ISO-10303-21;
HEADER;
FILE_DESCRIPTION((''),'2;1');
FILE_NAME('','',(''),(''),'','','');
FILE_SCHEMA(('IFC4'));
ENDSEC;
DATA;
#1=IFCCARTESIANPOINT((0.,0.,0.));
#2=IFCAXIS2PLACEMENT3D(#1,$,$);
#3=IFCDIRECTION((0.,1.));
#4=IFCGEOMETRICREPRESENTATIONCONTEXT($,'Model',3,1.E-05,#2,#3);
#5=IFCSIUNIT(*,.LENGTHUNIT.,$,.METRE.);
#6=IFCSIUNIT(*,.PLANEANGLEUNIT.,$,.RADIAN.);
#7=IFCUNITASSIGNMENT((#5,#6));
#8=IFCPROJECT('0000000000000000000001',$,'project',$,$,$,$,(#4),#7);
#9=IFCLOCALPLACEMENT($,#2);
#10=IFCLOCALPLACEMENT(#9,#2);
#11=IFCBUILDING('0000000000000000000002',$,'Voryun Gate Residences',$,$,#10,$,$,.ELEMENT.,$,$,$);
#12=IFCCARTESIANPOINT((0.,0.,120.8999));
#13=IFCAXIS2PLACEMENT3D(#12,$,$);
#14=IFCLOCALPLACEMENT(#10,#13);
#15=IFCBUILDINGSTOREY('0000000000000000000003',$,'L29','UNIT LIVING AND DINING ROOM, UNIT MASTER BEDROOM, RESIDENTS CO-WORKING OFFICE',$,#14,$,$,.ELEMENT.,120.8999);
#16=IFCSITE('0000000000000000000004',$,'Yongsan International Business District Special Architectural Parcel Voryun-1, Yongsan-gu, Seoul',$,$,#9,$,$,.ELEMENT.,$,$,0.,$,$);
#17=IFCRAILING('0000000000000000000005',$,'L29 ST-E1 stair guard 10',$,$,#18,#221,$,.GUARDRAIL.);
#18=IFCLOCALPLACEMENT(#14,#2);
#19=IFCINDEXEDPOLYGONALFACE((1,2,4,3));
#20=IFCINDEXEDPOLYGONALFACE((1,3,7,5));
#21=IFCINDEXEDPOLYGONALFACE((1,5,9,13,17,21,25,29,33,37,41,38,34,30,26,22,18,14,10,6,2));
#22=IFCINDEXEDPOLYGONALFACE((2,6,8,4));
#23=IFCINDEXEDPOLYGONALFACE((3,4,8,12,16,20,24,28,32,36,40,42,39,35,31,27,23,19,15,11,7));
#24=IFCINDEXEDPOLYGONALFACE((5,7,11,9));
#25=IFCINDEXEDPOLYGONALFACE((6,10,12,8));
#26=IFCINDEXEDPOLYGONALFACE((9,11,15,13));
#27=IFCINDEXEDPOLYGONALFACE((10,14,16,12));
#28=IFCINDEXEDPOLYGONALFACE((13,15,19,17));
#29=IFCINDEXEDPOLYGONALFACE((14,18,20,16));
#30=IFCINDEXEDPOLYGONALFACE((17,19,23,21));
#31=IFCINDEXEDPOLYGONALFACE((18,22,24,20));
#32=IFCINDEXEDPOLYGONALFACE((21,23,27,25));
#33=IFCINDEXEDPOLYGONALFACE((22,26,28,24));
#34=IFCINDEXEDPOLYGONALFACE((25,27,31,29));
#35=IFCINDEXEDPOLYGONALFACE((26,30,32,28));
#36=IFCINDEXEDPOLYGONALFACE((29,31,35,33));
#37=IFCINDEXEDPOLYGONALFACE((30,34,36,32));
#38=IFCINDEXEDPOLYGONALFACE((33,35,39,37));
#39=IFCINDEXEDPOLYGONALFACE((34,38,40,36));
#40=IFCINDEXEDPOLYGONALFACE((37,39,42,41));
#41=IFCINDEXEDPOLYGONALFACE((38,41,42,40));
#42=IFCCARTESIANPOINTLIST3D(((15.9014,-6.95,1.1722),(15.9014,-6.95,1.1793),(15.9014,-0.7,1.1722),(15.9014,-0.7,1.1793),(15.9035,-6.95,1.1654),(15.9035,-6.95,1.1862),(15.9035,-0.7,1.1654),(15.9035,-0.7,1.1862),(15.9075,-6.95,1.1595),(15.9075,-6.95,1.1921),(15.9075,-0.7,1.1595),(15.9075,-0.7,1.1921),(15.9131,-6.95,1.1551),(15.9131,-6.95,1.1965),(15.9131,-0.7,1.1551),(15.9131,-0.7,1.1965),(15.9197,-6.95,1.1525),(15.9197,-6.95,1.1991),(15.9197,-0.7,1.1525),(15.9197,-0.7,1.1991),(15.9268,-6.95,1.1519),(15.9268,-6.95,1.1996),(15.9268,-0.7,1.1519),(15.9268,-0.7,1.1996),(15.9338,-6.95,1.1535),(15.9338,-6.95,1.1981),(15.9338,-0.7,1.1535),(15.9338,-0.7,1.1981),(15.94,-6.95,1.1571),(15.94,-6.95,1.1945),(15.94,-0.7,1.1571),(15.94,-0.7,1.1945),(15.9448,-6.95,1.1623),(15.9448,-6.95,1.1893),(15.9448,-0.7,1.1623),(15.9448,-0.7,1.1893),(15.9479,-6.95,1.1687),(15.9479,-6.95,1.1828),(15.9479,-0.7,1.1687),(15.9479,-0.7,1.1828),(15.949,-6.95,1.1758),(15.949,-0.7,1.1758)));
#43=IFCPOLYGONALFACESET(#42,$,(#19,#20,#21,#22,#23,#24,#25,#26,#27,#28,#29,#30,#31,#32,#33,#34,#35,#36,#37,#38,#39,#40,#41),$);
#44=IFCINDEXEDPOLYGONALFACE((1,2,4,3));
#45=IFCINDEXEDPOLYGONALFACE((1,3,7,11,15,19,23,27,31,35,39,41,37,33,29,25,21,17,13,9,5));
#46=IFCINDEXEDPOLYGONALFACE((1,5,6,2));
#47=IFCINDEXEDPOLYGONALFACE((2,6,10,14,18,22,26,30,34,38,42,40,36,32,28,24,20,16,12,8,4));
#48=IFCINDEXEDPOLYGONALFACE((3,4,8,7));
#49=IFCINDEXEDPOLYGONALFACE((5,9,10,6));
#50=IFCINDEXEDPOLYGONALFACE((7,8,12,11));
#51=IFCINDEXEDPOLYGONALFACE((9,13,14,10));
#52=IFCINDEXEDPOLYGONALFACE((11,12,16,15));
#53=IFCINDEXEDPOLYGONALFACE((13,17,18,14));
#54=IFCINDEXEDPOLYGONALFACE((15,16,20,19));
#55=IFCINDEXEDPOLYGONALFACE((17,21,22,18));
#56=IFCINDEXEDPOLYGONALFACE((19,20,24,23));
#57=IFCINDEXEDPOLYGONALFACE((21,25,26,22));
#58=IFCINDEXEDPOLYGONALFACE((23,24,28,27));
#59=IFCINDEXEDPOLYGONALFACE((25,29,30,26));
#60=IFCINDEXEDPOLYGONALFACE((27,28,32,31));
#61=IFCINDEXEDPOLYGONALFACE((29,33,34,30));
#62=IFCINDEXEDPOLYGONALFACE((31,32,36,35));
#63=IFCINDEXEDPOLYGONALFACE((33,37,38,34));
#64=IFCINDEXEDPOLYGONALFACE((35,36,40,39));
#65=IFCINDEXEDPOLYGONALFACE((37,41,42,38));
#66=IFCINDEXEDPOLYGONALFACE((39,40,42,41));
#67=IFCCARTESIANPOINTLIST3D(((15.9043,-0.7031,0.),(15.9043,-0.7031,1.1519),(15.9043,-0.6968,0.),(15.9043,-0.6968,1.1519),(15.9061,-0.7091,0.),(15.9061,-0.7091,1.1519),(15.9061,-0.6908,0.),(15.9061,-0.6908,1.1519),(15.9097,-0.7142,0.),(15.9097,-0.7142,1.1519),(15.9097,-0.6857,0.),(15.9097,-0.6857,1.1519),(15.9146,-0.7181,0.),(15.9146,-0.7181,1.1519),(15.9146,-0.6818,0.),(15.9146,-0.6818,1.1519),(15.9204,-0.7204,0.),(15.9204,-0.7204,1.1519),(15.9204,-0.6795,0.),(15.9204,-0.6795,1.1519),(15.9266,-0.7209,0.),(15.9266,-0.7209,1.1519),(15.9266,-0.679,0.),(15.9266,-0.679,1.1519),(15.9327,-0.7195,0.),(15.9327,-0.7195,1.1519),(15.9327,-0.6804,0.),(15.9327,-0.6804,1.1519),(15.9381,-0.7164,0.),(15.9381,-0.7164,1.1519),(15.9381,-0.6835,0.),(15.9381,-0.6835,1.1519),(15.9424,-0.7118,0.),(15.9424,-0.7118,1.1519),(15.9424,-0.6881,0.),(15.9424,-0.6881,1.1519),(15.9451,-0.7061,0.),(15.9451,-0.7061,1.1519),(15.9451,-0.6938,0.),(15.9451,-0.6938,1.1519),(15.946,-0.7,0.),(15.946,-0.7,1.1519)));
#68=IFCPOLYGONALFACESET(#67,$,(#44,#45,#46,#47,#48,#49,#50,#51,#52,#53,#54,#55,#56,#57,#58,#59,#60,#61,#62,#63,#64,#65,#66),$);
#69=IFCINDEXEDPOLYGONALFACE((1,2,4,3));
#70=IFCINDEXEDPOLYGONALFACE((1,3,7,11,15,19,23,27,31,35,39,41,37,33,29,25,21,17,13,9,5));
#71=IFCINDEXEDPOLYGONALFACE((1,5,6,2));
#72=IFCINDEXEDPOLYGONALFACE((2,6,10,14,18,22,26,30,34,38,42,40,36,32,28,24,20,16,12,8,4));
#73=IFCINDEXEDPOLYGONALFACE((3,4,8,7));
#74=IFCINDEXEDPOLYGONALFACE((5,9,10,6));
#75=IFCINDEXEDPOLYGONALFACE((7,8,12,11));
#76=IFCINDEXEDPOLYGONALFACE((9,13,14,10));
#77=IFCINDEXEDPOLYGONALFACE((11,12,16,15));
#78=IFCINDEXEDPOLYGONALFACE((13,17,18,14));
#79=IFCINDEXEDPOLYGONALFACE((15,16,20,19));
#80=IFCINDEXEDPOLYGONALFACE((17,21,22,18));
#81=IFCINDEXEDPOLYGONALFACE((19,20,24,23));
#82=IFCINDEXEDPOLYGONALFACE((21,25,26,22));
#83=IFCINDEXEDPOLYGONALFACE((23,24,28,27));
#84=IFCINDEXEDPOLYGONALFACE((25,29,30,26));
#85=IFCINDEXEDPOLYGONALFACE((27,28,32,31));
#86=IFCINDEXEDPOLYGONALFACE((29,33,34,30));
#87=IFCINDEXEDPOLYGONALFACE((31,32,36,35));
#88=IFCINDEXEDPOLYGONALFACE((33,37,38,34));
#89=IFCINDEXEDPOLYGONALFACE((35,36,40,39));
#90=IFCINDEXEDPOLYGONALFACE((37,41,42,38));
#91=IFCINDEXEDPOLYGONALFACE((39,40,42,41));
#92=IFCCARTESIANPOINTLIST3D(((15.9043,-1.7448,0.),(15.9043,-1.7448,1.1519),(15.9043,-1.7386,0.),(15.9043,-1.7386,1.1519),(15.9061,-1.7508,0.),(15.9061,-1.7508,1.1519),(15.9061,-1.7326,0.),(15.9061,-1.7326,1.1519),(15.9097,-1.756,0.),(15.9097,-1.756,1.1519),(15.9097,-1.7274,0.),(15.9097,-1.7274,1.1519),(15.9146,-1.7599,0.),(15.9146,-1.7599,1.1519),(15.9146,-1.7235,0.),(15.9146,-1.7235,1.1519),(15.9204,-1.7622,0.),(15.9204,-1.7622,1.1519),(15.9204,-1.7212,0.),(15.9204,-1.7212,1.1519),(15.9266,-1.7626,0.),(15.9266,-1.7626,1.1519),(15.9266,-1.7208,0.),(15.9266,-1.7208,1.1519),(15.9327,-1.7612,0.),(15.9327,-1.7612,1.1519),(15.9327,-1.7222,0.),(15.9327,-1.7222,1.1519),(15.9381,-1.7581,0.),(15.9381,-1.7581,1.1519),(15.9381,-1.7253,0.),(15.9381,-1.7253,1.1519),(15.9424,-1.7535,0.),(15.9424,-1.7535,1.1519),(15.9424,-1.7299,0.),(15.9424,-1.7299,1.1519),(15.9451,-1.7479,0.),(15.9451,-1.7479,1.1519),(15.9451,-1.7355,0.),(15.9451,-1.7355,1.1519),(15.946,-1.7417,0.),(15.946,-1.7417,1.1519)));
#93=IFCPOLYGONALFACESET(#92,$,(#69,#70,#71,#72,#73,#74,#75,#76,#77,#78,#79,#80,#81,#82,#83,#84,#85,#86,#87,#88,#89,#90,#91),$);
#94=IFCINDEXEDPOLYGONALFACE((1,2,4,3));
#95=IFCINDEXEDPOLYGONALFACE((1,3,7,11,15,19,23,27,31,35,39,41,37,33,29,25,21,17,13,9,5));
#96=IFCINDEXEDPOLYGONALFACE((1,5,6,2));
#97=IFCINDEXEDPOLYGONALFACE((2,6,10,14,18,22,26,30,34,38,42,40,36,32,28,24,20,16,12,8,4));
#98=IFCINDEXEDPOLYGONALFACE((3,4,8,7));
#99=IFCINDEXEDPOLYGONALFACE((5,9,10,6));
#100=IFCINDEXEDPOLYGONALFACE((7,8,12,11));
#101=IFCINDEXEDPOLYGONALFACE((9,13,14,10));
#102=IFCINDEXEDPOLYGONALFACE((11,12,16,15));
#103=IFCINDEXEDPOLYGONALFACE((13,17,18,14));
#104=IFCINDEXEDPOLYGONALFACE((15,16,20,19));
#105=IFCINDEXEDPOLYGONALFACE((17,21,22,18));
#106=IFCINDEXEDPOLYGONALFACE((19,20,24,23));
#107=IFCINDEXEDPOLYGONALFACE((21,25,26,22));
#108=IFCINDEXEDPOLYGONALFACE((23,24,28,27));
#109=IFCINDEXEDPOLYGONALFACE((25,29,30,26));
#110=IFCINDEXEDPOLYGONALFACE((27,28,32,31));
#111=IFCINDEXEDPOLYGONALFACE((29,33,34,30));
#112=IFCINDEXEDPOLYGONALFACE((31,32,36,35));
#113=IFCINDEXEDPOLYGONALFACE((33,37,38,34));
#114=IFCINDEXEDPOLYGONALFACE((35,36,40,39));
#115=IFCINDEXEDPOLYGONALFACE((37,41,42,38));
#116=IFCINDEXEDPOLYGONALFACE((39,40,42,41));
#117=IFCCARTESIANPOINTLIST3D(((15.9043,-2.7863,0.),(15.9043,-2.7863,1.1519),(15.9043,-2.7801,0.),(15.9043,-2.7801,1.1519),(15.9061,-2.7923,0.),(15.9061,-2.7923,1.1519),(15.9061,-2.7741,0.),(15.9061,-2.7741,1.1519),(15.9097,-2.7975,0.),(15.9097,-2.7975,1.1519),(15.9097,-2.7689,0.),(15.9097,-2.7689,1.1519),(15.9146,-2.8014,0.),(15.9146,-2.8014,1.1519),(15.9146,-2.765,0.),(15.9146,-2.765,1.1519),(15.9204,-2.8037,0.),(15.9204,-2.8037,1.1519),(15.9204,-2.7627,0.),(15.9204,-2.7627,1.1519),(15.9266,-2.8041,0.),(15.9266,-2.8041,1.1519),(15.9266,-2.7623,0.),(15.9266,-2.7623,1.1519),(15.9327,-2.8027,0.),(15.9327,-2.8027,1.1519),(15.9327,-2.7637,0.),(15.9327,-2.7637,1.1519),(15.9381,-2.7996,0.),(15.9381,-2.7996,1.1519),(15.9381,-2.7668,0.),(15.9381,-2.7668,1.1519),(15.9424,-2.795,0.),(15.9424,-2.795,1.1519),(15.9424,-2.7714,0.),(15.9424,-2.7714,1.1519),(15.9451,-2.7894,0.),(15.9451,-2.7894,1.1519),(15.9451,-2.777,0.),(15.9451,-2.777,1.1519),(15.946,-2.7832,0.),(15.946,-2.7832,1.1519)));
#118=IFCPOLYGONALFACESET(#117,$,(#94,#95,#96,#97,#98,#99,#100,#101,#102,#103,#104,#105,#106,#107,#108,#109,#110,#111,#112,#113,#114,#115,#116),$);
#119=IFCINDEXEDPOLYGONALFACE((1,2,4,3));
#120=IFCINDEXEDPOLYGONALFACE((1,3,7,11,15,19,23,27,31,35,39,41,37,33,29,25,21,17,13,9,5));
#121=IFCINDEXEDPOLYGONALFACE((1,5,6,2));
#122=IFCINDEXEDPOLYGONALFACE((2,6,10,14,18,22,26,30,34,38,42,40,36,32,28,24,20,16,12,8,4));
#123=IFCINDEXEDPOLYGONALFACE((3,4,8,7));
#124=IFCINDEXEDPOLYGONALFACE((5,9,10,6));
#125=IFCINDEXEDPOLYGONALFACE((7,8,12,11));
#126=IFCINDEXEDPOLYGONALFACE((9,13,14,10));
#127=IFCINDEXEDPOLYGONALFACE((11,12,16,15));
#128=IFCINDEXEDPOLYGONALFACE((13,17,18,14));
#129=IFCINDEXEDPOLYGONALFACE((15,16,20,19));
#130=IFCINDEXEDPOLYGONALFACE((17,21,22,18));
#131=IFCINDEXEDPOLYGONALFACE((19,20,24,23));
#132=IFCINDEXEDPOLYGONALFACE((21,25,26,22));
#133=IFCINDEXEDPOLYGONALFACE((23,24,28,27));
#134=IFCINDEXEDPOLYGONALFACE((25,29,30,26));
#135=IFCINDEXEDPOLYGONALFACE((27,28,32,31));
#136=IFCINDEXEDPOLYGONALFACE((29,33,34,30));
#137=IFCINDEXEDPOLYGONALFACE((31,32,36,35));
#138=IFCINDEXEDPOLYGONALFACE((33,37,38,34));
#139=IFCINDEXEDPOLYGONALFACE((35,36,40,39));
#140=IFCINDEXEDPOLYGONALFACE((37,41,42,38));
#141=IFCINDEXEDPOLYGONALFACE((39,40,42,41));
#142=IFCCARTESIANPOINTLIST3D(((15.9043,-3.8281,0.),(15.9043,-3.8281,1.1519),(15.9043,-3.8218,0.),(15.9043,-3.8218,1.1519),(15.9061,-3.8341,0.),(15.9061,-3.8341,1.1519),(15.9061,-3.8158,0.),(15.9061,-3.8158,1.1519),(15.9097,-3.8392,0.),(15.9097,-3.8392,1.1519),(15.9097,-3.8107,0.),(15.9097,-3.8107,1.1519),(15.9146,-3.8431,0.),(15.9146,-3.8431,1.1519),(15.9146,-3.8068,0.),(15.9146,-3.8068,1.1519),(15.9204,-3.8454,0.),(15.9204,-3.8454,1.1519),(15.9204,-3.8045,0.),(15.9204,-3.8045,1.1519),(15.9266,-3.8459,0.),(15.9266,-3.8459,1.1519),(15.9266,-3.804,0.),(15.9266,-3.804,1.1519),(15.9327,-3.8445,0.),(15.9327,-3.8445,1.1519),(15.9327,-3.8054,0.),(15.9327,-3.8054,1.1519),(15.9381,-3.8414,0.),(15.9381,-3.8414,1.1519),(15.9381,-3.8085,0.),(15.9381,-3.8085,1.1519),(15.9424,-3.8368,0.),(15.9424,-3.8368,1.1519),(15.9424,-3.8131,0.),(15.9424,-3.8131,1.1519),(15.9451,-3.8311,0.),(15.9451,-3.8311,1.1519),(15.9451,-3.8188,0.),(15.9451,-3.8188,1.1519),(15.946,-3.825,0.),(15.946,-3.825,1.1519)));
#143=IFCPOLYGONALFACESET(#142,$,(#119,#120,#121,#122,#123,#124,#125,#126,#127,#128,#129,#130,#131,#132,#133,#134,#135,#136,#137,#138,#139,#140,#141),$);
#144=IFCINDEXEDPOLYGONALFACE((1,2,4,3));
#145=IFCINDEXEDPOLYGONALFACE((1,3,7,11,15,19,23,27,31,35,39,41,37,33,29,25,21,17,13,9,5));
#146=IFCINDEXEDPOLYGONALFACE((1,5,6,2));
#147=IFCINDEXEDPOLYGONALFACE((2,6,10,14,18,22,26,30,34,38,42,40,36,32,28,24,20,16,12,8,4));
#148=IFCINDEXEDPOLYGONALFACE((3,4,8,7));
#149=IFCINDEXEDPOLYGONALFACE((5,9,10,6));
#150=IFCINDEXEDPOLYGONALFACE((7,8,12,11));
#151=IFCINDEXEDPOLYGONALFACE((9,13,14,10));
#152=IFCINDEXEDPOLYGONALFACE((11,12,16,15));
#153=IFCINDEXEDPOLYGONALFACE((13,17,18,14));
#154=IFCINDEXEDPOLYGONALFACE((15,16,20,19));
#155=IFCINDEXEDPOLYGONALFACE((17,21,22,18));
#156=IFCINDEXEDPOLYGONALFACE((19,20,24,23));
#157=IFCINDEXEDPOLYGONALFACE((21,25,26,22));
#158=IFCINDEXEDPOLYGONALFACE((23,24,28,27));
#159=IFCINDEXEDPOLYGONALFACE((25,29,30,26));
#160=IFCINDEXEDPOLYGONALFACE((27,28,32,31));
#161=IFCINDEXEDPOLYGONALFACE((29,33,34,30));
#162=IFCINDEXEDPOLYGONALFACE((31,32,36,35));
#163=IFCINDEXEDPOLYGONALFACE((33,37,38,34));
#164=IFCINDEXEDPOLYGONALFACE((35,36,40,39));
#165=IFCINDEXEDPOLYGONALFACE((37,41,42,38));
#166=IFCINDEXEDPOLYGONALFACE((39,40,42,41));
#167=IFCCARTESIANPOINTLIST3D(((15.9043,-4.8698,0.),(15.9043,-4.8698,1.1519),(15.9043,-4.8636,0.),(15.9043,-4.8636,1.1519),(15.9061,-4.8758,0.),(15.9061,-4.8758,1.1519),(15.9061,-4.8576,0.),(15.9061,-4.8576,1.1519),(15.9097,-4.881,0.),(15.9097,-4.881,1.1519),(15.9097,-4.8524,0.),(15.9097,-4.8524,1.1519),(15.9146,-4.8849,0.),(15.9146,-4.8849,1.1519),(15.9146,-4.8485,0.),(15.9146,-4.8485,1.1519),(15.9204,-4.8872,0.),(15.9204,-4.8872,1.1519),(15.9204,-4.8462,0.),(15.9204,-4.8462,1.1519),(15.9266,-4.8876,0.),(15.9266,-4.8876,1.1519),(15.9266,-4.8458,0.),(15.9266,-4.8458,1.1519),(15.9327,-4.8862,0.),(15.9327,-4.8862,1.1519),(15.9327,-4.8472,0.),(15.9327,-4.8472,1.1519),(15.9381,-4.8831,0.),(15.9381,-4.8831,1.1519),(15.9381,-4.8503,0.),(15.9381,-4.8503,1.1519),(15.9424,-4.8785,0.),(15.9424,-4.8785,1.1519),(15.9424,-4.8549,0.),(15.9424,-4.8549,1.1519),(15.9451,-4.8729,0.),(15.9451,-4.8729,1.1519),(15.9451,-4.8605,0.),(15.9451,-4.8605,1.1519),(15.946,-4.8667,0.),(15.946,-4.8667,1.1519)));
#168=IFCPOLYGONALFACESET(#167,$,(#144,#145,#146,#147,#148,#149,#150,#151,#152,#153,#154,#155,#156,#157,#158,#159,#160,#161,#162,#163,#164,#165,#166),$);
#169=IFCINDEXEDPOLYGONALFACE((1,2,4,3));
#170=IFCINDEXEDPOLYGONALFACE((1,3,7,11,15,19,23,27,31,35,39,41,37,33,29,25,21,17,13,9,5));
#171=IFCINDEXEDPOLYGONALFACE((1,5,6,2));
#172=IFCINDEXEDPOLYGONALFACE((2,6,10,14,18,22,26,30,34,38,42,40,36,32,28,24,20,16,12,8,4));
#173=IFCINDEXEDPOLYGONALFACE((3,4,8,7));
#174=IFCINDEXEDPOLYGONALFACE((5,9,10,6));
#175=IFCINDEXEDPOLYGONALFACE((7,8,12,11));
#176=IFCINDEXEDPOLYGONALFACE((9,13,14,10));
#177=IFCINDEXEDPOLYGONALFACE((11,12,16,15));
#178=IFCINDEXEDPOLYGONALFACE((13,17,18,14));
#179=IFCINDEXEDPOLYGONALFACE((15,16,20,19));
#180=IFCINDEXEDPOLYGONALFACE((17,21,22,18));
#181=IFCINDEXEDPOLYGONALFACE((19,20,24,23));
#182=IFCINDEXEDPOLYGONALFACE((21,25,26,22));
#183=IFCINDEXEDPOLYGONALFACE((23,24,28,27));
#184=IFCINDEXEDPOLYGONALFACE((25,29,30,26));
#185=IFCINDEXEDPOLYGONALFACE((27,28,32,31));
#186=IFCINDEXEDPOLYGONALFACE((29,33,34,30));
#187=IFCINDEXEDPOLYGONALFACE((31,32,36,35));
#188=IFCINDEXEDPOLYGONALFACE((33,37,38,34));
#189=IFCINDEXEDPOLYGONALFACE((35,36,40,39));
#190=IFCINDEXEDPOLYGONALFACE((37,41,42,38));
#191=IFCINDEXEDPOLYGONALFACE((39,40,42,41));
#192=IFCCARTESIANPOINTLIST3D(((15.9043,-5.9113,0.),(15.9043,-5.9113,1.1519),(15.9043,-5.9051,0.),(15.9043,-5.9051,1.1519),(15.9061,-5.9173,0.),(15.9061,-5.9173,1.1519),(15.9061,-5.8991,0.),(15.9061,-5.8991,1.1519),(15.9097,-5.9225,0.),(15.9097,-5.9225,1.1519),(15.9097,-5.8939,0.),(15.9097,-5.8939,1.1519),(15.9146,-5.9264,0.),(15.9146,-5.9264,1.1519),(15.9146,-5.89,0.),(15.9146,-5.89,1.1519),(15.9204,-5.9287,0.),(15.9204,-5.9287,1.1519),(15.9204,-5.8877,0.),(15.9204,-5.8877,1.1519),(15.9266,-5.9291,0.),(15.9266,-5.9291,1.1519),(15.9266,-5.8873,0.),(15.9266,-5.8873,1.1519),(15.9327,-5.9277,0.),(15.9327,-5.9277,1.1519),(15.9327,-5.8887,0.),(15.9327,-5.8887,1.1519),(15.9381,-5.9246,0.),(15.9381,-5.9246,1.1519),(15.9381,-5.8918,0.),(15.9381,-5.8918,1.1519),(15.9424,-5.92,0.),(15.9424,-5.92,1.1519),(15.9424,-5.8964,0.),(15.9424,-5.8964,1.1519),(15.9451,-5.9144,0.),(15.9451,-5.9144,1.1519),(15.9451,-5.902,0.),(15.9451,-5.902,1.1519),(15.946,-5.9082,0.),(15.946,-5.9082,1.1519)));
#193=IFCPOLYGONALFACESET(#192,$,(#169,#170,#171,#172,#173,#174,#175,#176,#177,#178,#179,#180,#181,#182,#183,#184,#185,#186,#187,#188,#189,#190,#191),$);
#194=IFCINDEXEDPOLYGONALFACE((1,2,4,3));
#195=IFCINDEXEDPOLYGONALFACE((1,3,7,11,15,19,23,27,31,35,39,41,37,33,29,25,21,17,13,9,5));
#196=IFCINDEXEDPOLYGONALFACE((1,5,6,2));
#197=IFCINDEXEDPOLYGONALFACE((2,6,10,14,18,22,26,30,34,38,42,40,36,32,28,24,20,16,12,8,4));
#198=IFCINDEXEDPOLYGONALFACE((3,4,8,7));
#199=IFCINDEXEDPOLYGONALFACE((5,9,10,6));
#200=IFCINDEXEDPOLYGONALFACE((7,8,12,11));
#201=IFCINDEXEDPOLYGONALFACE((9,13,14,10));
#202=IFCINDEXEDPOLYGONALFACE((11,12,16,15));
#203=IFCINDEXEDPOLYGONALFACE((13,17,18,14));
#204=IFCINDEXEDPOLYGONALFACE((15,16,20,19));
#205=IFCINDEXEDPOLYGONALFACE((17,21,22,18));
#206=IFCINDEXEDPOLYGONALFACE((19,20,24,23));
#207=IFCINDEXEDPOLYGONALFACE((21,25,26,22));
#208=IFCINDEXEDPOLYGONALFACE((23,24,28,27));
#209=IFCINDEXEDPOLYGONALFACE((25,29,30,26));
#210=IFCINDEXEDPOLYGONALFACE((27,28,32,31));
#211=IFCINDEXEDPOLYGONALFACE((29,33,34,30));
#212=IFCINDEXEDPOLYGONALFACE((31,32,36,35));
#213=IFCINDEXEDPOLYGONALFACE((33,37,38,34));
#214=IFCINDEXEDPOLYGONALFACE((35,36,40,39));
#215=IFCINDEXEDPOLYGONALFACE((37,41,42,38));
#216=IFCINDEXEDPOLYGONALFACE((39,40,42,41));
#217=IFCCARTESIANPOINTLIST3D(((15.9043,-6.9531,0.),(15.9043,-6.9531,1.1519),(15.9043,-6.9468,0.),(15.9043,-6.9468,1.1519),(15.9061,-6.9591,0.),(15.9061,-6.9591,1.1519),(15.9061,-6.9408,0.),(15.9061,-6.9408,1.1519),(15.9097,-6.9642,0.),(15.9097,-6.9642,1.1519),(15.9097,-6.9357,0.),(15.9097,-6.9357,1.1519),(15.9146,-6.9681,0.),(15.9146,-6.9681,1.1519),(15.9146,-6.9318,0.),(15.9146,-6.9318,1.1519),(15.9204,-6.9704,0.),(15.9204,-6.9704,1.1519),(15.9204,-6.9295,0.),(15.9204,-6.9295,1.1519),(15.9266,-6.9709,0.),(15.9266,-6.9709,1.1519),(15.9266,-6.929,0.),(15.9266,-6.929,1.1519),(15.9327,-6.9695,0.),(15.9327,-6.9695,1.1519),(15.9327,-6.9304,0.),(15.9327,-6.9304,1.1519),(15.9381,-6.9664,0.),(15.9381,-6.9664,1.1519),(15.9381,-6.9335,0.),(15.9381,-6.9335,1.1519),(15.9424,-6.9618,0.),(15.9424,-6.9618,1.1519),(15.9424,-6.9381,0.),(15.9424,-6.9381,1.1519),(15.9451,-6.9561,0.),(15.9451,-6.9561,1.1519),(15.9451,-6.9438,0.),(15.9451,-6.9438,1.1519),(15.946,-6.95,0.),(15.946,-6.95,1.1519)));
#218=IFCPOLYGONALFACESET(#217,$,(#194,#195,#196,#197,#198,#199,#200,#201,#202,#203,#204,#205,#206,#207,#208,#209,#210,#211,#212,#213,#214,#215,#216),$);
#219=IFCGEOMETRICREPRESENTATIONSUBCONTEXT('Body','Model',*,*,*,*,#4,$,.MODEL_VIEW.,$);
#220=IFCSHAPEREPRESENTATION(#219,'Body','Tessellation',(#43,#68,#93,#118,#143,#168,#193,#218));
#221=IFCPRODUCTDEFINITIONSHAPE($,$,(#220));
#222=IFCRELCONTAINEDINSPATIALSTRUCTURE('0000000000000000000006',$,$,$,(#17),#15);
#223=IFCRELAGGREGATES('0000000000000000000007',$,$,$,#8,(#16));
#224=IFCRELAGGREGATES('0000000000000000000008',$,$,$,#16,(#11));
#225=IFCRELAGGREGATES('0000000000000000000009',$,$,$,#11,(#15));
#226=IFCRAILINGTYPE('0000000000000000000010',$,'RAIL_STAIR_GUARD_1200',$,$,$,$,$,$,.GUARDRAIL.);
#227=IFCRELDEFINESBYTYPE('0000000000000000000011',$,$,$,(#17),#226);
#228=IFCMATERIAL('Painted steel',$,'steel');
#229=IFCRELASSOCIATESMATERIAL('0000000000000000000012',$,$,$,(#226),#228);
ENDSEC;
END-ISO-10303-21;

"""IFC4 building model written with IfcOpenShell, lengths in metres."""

from ifc_helpers import new_model, si_unit, direction, frame, origin, origin_2d, place, context, subcontext, project, spatial, circle, extrude, material, type_object, element, save


model = new_model("IFC4")

# Units and contexts
model_context = context("Model", 3, precision=1e-05, world=origin(), true_north=direction((0.0, 1.0)))
body_context = subcontext(model_context, "Body", "Model", "MODEL_VIEW")
ifc_project = project(units=[si_unit("LENGTHUNIT", "METRE"), si_unit("PLANEANGLEUNIT", "RADIAN")], contexts=[model_context])

# Site, building, storey
site_placement = place(None, origin())
site = spatial("IfcSite", under=ifc_project, at=site_placement, Name="Yongsan International Business District Special Architectural Parcel Voryun-1, Yongsan-gu, Seoul", CompositionType="ELEMENT", RefElevation=0.0)
building_placement = place(site_placement, origin())
building = spatial("IfcBuilding", under=site, at=building_placement, Name="Voryun Gate Residences", CompositionType="ELEMENT")
storey_placement = place(building_placement, frame((0.0, 0.0, 120.8999)))
storey = spatial("IfcBuildingStorey", under=building, at=storey_placement, Name="L29", Description="UNIT LIVING AND DINING ROOM, UNIT MASTER BEDROOM, RESIDENTS CO-WORKING OFFICE", CompositionType="ELEMENT", Elevation=120.8999)

# Railing
ifc_material_1 = material(Name="Painted steel", Category="steel")
railing_type = type_object("IfcRailingType", Name="RAIL_STAIR_GUARD_1200", PredefinedType="GUARDRAIL", material=ifc_material_1)
railing_1_placement = place(storey_placement, frame((15.925, -0.7, 0.0)))
element("IfcRailing", 1, at=railing_1_placement, inside=storey, type_object=railing_type, Name="L29 ST-E1 stair guard 10", PredefinedType="GUARDRAIL", context=body_context, shape_type="SweptSolid", body=[
    extrude(circle(Radius=0.0239, at=origin_2d()), frame((0.0, 0.0, 1.1758), z_axis=(0.0, -1.0, 0.0), x_axis=(1.0, 0.0, 0.0)), (0.0, 0.0, 1.0), 6.25),
    extrude(circle(Radius=0.021, at=origin_2d()), origin(), (0.0, 0.0, 1.0), 1.1519),
    extrude(circle(Radius=0.021, at=origin_2d()), frame((0.0, -1.0417, 0.0)), (0.0, 0.0, 1.0), 1.1519),
    extrude(circle(Radius=0.021, at=origin_2d()), frame((0.0, -2.0833, 0.0)), (0.0, 0.0, 1.0), 1.1519),
    extrude(circle(Radius=0.021, at=origin_2d()), frame((0.0, -3.125, 0.0)), (0.0, 0.0, 1.0), 1.1519),
    extrude(circle(Radius=0.021, at=origin_2d()), frame((0.0, -4.1667, 0.0)), (0.0, 0.0, 1.0), 1.1519),
    extrude(circle(Radius=0.021, at=origin_2d()), frame((0.0, -5.2083, 0.0)), (0.0, 0.0, 1.0), 1.1519),
    extrude(circle(Radius=0.021, at=origin_2d()), frame((0.0, -6.25, 0.0)), (0.0, 0.0, 1.0), 1.1519),
])

save(model, "model.ifc")
